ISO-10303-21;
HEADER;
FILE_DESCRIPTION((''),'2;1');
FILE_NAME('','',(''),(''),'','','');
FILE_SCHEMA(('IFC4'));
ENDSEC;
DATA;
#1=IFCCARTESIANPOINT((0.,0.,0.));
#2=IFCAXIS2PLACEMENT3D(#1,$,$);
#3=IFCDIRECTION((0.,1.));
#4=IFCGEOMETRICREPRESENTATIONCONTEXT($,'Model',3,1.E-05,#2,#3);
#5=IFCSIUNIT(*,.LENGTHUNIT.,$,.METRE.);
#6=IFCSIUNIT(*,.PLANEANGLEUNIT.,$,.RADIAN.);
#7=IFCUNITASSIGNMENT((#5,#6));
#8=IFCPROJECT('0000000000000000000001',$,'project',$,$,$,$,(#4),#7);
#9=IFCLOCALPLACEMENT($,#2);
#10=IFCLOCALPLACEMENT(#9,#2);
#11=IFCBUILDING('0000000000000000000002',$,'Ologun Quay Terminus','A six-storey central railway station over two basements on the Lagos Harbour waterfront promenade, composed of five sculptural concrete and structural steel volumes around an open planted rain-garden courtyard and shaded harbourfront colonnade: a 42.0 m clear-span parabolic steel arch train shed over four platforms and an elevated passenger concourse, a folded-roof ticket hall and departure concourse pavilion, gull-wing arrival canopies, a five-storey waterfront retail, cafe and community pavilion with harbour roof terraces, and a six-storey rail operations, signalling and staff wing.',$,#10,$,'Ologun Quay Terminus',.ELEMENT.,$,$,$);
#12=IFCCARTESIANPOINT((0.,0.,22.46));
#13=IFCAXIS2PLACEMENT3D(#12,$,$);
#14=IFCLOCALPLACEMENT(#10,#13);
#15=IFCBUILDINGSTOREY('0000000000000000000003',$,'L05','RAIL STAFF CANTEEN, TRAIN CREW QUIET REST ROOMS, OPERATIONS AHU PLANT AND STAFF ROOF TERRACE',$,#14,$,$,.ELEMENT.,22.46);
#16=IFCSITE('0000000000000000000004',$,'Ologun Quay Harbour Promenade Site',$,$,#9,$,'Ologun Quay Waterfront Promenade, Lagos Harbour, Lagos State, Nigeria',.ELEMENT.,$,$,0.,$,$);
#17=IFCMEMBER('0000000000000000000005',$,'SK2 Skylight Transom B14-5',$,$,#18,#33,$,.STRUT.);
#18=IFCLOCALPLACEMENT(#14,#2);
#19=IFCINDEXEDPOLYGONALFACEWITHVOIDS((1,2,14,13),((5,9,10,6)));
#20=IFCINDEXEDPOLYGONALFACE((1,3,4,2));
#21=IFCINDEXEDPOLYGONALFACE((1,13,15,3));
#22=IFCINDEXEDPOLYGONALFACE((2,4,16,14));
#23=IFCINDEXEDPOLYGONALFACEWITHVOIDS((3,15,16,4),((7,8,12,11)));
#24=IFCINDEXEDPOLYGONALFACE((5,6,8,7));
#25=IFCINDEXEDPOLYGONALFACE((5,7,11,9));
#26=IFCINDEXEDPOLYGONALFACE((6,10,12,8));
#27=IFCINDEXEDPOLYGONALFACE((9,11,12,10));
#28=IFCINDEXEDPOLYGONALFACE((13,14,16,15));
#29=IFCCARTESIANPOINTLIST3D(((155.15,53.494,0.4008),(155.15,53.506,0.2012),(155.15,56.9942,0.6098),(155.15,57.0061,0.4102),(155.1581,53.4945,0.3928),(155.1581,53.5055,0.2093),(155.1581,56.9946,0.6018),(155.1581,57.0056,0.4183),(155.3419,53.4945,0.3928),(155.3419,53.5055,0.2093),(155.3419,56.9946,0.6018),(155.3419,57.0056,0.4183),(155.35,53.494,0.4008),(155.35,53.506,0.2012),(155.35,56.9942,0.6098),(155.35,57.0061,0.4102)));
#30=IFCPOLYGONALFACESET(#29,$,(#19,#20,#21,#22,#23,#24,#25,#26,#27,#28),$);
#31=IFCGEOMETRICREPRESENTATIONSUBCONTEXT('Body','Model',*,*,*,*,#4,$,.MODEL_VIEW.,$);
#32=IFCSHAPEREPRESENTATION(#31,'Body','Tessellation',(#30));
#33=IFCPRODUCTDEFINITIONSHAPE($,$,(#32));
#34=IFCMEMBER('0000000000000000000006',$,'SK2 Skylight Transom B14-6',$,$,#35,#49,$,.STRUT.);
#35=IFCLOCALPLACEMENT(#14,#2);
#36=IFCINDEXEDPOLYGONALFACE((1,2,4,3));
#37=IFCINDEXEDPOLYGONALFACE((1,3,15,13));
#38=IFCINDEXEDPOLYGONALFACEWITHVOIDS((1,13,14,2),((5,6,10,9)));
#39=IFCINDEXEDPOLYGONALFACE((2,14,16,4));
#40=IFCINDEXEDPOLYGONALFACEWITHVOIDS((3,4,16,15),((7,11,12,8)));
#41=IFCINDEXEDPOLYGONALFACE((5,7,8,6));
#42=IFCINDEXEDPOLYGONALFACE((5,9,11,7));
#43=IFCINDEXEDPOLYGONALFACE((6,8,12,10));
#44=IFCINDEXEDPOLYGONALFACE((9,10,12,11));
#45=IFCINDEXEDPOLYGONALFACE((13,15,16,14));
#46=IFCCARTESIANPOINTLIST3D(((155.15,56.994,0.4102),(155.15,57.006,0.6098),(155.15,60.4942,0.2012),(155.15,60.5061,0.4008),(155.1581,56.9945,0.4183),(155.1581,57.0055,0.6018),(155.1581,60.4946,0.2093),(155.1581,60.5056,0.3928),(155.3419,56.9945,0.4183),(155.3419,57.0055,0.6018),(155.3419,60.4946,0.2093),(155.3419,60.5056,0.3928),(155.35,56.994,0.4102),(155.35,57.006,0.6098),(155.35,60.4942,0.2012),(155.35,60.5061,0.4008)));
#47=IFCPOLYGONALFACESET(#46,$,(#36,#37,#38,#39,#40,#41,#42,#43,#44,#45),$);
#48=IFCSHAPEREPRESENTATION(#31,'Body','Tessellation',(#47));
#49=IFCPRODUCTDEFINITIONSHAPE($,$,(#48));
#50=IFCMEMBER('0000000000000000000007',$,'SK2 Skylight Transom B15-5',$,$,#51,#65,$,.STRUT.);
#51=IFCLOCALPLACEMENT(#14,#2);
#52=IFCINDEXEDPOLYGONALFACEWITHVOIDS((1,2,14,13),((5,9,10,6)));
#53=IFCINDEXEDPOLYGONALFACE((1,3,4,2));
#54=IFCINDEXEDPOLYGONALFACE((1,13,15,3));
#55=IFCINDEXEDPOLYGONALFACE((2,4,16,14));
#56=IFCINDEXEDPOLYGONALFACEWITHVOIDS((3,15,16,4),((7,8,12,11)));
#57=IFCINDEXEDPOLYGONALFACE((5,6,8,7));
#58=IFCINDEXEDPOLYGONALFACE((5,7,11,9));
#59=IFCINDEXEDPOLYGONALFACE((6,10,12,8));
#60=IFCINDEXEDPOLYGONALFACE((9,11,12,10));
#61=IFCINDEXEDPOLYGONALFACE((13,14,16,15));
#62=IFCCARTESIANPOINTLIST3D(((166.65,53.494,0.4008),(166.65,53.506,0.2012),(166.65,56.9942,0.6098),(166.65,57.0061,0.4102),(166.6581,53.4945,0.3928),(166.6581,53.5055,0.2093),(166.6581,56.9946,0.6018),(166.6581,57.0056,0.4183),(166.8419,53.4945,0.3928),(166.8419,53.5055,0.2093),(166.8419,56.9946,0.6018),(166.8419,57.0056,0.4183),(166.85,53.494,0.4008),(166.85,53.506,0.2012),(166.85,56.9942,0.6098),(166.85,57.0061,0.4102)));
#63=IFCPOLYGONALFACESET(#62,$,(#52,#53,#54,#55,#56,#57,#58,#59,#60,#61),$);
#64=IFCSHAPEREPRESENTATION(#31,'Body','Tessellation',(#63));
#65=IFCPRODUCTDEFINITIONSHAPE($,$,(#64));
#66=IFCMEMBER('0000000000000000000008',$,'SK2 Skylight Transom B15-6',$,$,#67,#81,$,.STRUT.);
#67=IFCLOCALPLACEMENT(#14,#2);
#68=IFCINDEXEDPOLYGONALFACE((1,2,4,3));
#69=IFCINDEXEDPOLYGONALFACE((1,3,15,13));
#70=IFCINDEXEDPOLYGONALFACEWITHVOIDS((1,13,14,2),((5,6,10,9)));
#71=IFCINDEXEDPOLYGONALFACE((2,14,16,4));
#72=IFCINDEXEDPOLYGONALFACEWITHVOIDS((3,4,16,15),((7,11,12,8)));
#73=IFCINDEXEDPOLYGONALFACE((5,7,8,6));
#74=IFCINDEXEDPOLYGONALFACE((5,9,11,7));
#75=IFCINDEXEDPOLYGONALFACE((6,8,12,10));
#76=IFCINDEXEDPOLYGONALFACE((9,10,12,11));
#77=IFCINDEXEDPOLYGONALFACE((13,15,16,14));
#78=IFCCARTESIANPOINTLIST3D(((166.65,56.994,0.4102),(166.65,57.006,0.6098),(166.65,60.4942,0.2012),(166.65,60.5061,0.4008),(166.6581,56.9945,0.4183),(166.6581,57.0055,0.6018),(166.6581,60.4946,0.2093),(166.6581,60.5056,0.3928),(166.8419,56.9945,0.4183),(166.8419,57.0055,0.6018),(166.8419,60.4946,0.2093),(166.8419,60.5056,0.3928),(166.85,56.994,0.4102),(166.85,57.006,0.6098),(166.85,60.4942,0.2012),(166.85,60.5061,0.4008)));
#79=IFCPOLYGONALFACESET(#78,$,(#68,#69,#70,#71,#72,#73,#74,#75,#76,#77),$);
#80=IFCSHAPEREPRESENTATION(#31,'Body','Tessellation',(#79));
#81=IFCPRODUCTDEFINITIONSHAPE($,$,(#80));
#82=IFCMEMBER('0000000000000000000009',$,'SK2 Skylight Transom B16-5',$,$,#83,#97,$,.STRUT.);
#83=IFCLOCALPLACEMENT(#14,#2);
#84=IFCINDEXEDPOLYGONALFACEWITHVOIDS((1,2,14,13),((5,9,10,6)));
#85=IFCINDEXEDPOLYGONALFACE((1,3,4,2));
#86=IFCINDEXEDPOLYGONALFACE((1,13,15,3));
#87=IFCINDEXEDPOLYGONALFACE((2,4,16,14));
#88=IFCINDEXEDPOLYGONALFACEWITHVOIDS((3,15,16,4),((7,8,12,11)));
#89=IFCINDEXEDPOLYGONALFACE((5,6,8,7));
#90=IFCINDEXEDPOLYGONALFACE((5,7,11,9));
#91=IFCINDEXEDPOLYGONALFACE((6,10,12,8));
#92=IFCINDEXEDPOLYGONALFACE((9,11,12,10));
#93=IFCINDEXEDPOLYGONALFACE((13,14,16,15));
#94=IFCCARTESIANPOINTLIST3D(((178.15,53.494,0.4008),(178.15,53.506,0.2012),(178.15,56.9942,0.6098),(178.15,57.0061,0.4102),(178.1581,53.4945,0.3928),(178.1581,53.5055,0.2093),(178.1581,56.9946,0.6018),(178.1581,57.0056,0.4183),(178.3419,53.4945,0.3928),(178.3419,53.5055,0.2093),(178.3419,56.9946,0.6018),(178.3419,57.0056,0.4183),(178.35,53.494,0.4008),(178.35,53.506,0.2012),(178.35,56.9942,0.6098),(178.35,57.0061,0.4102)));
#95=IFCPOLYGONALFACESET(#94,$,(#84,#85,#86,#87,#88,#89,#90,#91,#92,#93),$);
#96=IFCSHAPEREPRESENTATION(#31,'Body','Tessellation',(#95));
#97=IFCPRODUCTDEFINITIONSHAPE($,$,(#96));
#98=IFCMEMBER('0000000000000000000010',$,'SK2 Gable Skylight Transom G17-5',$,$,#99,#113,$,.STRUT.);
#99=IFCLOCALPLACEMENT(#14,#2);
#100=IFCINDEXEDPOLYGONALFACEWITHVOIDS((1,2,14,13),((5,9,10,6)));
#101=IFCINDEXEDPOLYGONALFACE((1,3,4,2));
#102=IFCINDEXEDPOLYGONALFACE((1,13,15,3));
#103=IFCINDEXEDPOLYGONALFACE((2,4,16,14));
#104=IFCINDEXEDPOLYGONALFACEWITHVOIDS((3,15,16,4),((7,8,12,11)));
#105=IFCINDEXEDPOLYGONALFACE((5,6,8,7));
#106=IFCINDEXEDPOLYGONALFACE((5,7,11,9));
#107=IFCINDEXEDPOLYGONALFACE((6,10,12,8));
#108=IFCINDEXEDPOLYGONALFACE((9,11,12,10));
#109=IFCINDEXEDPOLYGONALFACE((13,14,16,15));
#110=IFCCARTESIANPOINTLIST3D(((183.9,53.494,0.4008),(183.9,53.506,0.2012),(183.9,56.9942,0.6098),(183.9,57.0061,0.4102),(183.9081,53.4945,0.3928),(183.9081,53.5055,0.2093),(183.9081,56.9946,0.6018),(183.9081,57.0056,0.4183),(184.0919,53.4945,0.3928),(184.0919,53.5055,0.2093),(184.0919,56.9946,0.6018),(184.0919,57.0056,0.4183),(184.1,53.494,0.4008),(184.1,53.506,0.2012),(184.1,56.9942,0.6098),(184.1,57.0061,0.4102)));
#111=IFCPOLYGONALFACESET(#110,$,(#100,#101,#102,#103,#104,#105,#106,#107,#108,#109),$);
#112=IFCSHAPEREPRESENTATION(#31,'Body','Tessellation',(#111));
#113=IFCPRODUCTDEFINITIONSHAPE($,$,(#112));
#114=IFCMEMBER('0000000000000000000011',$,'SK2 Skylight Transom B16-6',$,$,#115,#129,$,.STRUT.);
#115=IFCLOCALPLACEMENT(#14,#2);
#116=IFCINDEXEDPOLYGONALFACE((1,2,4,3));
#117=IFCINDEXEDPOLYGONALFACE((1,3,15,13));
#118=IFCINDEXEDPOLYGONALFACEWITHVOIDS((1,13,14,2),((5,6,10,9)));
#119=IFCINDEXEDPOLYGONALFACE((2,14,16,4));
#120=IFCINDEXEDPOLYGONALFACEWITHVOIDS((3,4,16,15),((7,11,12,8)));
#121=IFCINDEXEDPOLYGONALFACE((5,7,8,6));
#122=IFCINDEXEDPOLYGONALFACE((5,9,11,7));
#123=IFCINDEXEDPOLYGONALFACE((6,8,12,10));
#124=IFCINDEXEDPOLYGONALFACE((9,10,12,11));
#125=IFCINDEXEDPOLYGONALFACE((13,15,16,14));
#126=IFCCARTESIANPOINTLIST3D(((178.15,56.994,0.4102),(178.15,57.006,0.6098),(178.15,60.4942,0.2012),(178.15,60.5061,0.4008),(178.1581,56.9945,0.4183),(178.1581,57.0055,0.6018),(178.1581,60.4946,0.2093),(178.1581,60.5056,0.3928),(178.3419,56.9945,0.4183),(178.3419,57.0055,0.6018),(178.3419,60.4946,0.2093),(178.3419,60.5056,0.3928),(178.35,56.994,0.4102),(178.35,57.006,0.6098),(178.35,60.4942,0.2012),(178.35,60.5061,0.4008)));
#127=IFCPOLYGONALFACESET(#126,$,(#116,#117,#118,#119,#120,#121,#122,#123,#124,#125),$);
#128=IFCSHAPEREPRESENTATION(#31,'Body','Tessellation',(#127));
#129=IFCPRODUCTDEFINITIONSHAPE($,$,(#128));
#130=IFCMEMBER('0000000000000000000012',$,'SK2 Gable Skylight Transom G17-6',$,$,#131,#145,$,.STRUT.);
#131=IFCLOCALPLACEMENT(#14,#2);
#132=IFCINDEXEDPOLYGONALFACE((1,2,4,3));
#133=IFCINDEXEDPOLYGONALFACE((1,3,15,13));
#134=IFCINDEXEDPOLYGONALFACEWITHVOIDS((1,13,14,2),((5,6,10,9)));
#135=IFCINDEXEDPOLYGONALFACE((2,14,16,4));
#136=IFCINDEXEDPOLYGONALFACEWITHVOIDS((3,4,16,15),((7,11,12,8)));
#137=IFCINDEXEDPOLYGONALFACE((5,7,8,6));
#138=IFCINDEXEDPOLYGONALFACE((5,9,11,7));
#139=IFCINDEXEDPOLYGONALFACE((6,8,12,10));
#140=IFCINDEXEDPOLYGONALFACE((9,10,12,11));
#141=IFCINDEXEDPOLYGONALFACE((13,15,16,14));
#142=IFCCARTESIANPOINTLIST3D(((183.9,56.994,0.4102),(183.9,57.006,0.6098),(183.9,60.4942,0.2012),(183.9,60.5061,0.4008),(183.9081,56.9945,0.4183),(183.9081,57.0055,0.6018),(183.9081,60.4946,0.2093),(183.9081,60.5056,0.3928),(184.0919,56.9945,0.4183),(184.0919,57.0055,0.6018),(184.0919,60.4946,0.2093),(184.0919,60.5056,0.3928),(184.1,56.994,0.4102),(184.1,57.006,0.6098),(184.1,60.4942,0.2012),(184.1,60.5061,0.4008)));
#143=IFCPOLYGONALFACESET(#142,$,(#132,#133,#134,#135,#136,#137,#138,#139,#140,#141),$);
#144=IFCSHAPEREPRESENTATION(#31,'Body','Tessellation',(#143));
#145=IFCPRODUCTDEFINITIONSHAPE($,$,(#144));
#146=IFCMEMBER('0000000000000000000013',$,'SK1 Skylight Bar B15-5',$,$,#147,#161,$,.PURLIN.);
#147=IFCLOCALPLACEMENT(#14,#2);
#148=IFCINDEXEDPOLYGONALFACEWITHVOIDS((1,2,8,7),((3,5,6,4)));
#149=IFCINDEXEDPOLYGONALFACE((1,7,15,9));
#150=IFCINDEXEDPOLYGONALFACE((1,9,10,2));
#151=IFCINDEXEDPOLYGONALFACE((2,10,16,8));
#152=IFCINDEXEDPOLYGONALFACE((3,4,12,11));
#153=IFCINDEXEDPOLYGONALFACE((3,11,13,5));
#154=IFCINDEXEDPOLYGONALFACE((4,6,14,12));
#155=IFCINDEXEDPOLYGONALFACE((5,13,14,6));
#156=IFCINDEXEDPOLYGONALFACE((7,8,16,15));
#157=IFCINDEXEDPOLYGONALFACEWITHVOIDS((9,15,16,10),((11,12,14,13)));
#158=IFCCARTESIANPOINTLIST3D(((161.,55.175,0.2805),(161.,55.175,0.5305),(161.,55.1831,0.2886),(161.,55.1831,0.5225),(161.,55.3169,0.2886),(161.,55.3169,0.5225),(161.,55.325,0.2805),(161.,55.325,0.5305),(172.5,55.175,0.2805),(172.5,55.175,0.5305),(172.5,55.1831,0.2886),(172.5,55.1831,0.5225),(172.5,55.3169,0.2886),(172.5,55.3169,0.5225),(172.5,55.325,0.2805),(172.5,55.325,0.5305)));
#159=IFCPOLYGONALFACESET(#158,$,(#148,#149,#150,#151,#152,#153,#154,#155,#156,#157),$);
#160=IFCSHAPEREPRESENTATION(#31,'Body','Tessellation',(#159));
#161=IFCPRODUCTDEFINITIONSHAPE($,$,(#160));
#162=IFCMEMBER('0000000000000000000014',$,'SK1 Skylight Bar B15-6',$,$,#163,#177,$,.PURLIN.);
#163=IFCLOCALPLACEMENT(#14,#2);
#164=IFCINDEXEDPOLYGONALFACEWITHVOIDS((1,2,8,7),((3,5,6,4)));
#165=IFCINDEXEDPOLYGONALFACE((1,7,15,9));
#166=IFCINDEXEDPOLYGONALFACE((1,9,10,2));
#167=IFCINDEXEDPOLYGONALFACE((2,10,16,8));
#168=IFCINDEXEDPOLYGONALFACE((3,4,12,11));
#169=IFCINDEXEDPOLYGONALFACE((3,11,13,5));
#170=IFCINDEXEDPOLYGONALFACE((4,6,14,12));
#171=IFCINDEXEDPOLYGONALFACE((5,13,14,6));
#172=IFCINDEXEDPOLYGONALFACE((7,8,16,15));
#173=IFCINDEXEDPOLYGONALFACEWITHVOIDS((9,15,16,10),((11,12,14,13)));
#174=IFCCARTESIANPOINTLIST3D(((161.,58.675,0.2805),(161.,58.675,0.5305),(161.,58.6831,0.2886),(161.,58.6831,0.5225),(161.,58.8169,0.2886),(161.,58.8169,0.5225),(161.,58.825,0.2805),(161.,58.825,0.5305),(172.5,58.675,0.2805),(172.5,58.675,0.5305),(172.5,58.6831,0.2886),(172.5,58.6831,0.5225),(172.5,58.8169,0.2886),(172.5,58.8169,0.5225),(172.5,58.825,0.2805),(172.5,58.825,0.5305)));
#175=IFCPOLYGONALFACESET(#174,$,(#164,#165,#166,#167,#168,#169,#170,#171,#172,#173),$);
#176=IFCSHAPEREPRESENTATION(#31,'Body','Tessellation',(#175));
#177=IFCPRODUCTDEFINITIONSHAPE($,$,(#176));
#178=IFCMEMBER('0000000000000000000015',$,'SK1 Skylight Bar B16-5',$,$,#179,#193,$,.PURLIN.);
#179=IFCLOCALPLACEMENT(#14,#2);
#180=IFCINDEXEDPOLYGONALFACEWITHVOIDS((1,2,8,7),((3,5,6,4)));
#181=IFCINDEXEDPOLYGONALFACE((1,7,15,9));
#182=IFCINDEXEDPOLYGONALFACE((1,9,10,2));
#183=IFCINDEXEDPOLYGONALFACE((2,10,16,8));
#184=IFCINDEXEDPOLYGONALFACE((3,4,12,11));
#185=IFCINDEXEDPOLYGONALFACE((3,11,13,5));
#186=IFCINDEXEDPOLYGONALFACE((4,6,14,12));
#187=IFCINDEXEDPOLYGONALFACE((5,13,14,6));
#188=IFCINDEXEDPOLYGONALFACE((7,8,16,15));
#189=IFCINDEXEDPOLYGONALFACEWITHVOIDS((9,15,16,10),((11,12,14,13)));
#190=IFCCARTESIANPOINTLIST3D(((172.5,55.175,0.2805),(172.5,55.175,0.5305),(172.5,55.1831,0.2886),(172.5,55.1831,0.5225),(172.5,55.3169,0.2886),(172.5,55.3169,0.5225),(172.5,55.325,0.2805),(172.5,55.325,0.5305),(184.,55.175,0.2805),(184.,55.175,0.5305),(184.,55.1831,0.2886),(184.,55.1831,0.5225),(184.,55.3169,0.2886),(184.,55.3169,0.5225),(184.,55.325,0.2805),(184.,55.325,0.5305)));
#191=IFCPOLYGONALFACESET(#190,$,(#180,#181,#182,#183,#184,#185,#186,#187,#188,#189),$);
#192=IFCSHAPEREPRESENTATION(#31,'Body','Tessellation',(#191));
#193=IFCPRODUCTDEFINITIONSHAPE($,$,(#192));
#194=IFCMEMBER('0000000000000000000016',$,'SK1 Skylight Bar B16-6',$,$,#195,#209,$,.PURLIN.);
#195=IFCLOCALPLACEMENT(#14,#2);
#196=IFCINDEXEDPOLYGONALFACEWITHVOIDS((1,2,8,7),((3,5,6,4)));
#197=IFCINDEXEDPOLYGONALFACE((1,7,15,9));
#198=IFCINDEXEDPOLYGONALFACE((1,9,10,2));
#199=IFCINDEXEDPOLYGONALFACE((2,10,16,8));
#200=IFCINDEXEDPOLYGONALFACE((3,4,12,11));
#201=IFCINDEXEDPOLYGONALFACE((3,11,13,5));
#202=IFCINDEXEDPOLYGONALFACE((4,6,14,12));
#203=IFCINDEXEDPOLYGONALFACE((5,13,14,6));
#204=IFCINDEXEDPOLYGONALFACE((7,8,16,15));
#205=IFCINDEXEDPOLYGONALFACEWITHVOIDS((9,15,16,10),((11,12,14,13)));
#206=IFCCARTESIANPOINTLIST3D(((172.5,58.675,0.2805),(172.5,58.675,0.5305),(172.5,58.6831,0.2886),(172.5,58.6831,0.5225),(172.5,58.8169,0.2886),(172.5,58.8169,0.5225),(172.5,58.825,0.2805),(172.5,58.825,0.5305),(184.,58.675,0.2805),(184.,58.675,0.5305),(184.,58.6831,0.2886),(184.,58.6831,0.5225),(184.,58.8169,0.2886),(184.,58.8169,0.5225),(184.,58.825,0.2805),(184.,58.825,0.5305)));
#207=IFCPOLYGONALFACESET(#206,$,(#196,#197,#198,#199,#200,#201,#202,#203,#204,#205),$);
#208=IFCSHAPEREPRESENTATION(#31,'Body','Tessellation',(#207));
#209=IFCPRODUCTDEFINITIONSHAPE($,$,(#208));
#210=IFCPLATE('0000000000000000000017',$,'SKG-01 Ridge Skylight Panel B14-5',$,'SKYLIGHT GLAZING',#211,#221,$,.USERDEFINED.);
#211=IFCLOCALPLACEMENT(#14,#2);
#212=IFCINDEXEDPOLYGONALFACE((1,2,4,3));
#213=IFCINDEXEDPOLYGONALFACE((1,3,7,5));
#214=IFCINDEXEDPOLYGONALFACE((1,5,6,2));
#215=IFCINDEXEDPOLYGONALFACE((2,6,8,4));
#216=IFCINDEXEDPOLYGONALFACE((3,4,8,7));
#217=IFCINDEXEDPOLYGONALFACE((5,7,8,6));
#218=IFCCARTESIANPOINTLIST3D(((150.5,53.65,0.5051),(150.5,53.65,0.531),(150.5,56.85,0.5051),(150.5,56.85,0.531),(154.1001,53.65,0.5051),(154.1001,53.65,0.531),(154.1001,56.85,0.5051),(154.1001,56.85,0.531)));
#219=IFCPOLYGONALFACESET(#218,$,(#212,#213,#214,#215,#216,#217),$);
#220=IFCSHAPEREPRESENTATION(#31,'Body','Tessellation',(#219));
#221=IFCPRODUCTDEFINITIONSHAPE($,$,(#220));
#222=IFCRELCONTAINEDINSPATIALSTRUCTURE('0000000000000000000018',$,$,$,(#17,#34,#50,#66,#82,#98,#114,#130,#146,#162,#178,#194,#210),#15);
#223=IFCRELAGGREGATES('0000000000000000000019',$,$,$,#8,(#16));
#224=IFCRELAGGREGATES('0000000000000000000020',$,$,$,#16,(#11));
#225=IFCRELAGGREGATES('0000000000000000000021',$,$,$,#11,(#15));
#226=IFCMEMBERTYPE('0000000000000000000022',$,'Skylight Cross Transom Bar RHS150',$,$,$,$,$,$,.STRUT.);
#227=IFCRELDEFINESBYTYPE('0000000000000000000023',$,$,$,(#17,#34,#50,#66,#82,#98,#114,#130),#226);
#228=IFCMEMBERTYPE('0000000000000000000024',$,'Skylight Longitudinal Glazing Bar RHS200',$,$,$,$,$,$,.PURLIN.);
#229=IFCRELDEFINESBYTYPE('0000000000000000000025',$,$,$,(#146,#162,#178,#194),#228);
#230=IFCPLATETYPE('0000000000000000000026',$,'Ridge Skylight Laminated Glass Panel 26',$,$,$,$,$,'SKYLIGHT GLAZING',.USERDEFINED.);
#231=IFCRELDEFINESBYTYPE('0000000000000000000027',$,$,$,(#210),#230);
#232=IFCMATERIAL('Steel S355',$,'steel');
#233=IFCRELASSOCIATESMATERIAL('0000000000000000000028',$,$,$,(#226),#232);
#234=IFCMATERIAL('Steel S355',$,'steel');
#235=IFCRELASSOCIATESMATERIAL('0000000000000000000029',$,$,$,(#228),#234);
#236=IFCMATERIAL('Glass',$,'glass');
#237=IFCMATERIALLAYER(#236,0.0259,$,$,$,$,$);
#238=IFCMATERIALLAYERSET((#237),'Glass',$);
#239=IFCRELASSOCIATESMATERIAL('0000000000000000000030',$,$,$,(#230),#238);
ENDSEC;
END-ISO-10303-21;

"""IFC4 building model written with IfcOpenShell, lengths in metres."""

from ifc_helpers import new_model, si_unit, direction, frame, origin, origin_2d, place, context, subcontext, project, spatial, rectangle, hollow_rectangle, extrude, material, layer, layer_set, material_profile, profile_set, type_object, element, save


model = new_model("IFC4")

# Units and contexts
model_context = context("Model", 3, precision=1e-05, world=origin(), true_north=direction((0.0, 1.0)))
body_context = subcontext(model_context, "Body", "Model", "MODEL_VIEW")
ifc_project = project(units=[si_unit("LENGTHUNIT", "METRE"), si_unit("PLANEANGLEUNIT", "RADIAN")], contexts=[model_context])

# Site, building, storey
site_placement = place(None, origin())
site = spatial("IfcSite", under=ifc_project, at=site_placement, Name="Ologun Quay Harbour Promenade Site", LongName="Ologun Quay Waterfront Promenade, Lagos Harbour, Lagos State, Nigeria", CompositionType="ELEMENT", RefElevation=0.0)
building_placement = place(site_placement, origin())
building = spatial("IfcBuilding", under=site, at=building_placement, Name="Ologun Quay Terminus", Description="A six-storey central railway station over two basements on the Lagos Harbour waterfront promenade, composed of five sculptural concrete and structural steel volumes around an open planted rain-garden courtyard and shaded harbourfront colonnade: a 42.0 m clear-span parabolic steel arch train shed over four platforms and an elevated passenger concourse, a folded-roof ticket hall and departure concourse pavilion, gull-wing arrival canopies, a five-storey waterfront retail, cafe and community pavilion with harbour roof terraces, and a six-storey rail operations, signalling and staff wing.", LongName="Ologun Quay Terminus", CompositionType="ELEMENT")
storey_placement = place(building_placement, frame((0.0, 0.0, 22.46)))
storey = spatial("IfcBuildingStorey", under=building, at=storey_placement, Name="L05", Description="RAIL STAFF CANTEEN, TRAIN CREW QUIET REST ROOMS, OPERATIONS AHU PLANT AND STAFF ROOF TERRACE", CompositionType="ELEMENT", Elevation=22.46)

# Members
ifc_material_1 = material(Name="Steel S355", Category="steel")
ifc_material_profile_1 = material_profile(ifc_material_1, hollow_rectangle(XDim=0.2, YDim=0.2, WallThickness=0.0081, at=origin_2d()), Name="SHS 200x200x8")
ifc_profile_set_1 = profile_set([ifc_material_profile_1], Name="Steel S355")
member_type_1 = type_object("IfcMemberType", Name="Skylight Cross Transom Bar RHS150", PredefinedType="STRUT", material=ifc_profile_set_1)
for number, where, z_axis, x_axis, name in (
    (1, (155.25, 53.5, 0.301), (0.0, 0.998222, 0.059604), (-1.0, 0.0, 0.0), "SK2 Skylight Transom B14-5"),
    (2, (155.25, 57.0, 0.51), (0.0, 0.998222, -0.059604), (-1.0, 0.0, 0.0), "SK2 Skylight Transom B14-6"),
    (3, (166.75, 53.5, 0.301), (0.0, 0.998222, 0.059604), (-1.0, 0.0, 0.0), "SK2 Skylight Transom B15-5"),
    (4, (166.75, 57.0, 0.51), (0.0, 0.998222, -0.059604), (-1.0, 0.0, 0.0), "SK2 Skylight Transom B15-6"),
    (5, (178.25, 53.5, 0.301), (0.0, 0.998222, 0.059604), (-1.0, 0.0, 0.0), "SK2 Skylight Transom B16-5"),
    (6, (184.0, 53.5, 0.301), (0.0, 0.998222, 0.059604), (-1.0, 0.0, 0.0), "SK2 Gable Skylight Transom G17-5"),
    (7, (178.25, 57.0, 0.51), (0.0, 0.998222, -0.059604), (-1.0, 0.0, 0.0), "SK2 Skylight Transom B16-6"),
    (8, (184.0, 57.0, 0.51), (0.0, 0.998222, -0.059604), (-1.0, 0.0, 0.0), "SK2 Gable Skylight Transom G17-6"),
):
    element("IfcMember", number, at=place(storey_placement, frame(where, z_axis=z_axis, x_axis=x_axis)), inside=storey, type_object=member_type_1, Name=name, PredefinedType="STRUT", context=body_context, shape_type="SweptSolid", body=[
        extrude(hollow_rectangle(XDim=0.2, YDim=0.2, WallThickness=0.0081, at=origin_2d()), origin(), (0.0, 0.0, 1.0), 3.5063),
    ])
ifc_material_2 = material(Name="Steel S355", Category="steel")
ifc_material_profile_2 = material_profile(ifc_material_2, hollow_rectangle(XDim=0.1499, YDim=0.25, WallThickness=0.0081, at=origin_2d()), Name="RHS 250x150x8")
ifc_profile_set_2 = profile_set([ifc_material_profile_2], Name="Steel S355")
member_type_2 = type_object("IfcMemberType", Name="Skylight Longitudinal Glazing Bar RHS200", PredefinedType="PURLIN", material=ifc_profile_set_2)
for number, where, z_axis, x_axis, name in (
    (9, (161.0, 55.25, 0.4055), (1.0, 0.0, 0.0), (0.0, 1.0, 0.0), "SK1 Skylight Bar B15-5"),
    (10, (161.0, 58.75, 0.4055), (1.0, 0.0, 0.0), (0.0, 1.0, 0.0), "SK1 Skylight Bar B15-6"),
    (11, (172.5, 55.25, 0.4055), (1.0, 0.0, 0.0), (0.0, 1.0, 0.0), "SK1 Skylight Bar B16-5"),
    (12, (172.5, 58.75, 0.4055), (1.0, 0.0, 0.0), (0.0, 1.0, 0.0), "SK1 Skylight Bar B16-6"),
):
    element("IfcMember", number, at=place(storey_placement, frame(where, z_axis=z_axis, x_axis=x_axis)), inside=storey, type_object=member_type_2, Name=name, PredefinedType="PURLIN", context=body_context, shape_type="SweptSolid", body=[
        extrude(hollow_rectangle(XDim=0.1499, YDim=0.25, WallThickness=0.0081, at=origin_2d()), origin(), (0.0, 0.0, 1.0), 11.5),
    ])

# Plate
ifc_material_3 = material(Name="Glass", Category="glass")
ifc_layer_1 = layer(ifc_material_3, 0.0259)
ifc_layer_set_1 = layer_set([ifc_layer_1], Name="Glass")
plate_type = type_object("IfcPlateType", Name="Ridge Skylight Laminated Glass Panel 26", ElementType="SKYLIGHT GLAZING", PredefinedType="USERDEFINED", material=ifc_layer_set_1)
for number, where, z_axis, x_axis, name in (
    (13, (152.3, 55.25, 0.5051), (0.0, 0.0, 1.0), (1.0, 0.0, 0.0), "SKG-01 Ridge Skylight Panel B14-5"),
):
    element("IfcPlate", number, at=place(storey_placement, frame(where, z_axis=z_axis, x_axis=x_axis)), inside=storey, type_object=plate_type, Name=name, ObjectType="SKYLIGHT GLAZING", PredefinedType="USERDEFINED", context=body_context, shape_type="SweptSolid", body=[
        extrude(rectangle(XDim=3.6001, YDim=3.2, at=origin_2d()), origin(), (0.0, 0.0, 1.0), 0.0259),
    ])

save(model, "model.ifc")
